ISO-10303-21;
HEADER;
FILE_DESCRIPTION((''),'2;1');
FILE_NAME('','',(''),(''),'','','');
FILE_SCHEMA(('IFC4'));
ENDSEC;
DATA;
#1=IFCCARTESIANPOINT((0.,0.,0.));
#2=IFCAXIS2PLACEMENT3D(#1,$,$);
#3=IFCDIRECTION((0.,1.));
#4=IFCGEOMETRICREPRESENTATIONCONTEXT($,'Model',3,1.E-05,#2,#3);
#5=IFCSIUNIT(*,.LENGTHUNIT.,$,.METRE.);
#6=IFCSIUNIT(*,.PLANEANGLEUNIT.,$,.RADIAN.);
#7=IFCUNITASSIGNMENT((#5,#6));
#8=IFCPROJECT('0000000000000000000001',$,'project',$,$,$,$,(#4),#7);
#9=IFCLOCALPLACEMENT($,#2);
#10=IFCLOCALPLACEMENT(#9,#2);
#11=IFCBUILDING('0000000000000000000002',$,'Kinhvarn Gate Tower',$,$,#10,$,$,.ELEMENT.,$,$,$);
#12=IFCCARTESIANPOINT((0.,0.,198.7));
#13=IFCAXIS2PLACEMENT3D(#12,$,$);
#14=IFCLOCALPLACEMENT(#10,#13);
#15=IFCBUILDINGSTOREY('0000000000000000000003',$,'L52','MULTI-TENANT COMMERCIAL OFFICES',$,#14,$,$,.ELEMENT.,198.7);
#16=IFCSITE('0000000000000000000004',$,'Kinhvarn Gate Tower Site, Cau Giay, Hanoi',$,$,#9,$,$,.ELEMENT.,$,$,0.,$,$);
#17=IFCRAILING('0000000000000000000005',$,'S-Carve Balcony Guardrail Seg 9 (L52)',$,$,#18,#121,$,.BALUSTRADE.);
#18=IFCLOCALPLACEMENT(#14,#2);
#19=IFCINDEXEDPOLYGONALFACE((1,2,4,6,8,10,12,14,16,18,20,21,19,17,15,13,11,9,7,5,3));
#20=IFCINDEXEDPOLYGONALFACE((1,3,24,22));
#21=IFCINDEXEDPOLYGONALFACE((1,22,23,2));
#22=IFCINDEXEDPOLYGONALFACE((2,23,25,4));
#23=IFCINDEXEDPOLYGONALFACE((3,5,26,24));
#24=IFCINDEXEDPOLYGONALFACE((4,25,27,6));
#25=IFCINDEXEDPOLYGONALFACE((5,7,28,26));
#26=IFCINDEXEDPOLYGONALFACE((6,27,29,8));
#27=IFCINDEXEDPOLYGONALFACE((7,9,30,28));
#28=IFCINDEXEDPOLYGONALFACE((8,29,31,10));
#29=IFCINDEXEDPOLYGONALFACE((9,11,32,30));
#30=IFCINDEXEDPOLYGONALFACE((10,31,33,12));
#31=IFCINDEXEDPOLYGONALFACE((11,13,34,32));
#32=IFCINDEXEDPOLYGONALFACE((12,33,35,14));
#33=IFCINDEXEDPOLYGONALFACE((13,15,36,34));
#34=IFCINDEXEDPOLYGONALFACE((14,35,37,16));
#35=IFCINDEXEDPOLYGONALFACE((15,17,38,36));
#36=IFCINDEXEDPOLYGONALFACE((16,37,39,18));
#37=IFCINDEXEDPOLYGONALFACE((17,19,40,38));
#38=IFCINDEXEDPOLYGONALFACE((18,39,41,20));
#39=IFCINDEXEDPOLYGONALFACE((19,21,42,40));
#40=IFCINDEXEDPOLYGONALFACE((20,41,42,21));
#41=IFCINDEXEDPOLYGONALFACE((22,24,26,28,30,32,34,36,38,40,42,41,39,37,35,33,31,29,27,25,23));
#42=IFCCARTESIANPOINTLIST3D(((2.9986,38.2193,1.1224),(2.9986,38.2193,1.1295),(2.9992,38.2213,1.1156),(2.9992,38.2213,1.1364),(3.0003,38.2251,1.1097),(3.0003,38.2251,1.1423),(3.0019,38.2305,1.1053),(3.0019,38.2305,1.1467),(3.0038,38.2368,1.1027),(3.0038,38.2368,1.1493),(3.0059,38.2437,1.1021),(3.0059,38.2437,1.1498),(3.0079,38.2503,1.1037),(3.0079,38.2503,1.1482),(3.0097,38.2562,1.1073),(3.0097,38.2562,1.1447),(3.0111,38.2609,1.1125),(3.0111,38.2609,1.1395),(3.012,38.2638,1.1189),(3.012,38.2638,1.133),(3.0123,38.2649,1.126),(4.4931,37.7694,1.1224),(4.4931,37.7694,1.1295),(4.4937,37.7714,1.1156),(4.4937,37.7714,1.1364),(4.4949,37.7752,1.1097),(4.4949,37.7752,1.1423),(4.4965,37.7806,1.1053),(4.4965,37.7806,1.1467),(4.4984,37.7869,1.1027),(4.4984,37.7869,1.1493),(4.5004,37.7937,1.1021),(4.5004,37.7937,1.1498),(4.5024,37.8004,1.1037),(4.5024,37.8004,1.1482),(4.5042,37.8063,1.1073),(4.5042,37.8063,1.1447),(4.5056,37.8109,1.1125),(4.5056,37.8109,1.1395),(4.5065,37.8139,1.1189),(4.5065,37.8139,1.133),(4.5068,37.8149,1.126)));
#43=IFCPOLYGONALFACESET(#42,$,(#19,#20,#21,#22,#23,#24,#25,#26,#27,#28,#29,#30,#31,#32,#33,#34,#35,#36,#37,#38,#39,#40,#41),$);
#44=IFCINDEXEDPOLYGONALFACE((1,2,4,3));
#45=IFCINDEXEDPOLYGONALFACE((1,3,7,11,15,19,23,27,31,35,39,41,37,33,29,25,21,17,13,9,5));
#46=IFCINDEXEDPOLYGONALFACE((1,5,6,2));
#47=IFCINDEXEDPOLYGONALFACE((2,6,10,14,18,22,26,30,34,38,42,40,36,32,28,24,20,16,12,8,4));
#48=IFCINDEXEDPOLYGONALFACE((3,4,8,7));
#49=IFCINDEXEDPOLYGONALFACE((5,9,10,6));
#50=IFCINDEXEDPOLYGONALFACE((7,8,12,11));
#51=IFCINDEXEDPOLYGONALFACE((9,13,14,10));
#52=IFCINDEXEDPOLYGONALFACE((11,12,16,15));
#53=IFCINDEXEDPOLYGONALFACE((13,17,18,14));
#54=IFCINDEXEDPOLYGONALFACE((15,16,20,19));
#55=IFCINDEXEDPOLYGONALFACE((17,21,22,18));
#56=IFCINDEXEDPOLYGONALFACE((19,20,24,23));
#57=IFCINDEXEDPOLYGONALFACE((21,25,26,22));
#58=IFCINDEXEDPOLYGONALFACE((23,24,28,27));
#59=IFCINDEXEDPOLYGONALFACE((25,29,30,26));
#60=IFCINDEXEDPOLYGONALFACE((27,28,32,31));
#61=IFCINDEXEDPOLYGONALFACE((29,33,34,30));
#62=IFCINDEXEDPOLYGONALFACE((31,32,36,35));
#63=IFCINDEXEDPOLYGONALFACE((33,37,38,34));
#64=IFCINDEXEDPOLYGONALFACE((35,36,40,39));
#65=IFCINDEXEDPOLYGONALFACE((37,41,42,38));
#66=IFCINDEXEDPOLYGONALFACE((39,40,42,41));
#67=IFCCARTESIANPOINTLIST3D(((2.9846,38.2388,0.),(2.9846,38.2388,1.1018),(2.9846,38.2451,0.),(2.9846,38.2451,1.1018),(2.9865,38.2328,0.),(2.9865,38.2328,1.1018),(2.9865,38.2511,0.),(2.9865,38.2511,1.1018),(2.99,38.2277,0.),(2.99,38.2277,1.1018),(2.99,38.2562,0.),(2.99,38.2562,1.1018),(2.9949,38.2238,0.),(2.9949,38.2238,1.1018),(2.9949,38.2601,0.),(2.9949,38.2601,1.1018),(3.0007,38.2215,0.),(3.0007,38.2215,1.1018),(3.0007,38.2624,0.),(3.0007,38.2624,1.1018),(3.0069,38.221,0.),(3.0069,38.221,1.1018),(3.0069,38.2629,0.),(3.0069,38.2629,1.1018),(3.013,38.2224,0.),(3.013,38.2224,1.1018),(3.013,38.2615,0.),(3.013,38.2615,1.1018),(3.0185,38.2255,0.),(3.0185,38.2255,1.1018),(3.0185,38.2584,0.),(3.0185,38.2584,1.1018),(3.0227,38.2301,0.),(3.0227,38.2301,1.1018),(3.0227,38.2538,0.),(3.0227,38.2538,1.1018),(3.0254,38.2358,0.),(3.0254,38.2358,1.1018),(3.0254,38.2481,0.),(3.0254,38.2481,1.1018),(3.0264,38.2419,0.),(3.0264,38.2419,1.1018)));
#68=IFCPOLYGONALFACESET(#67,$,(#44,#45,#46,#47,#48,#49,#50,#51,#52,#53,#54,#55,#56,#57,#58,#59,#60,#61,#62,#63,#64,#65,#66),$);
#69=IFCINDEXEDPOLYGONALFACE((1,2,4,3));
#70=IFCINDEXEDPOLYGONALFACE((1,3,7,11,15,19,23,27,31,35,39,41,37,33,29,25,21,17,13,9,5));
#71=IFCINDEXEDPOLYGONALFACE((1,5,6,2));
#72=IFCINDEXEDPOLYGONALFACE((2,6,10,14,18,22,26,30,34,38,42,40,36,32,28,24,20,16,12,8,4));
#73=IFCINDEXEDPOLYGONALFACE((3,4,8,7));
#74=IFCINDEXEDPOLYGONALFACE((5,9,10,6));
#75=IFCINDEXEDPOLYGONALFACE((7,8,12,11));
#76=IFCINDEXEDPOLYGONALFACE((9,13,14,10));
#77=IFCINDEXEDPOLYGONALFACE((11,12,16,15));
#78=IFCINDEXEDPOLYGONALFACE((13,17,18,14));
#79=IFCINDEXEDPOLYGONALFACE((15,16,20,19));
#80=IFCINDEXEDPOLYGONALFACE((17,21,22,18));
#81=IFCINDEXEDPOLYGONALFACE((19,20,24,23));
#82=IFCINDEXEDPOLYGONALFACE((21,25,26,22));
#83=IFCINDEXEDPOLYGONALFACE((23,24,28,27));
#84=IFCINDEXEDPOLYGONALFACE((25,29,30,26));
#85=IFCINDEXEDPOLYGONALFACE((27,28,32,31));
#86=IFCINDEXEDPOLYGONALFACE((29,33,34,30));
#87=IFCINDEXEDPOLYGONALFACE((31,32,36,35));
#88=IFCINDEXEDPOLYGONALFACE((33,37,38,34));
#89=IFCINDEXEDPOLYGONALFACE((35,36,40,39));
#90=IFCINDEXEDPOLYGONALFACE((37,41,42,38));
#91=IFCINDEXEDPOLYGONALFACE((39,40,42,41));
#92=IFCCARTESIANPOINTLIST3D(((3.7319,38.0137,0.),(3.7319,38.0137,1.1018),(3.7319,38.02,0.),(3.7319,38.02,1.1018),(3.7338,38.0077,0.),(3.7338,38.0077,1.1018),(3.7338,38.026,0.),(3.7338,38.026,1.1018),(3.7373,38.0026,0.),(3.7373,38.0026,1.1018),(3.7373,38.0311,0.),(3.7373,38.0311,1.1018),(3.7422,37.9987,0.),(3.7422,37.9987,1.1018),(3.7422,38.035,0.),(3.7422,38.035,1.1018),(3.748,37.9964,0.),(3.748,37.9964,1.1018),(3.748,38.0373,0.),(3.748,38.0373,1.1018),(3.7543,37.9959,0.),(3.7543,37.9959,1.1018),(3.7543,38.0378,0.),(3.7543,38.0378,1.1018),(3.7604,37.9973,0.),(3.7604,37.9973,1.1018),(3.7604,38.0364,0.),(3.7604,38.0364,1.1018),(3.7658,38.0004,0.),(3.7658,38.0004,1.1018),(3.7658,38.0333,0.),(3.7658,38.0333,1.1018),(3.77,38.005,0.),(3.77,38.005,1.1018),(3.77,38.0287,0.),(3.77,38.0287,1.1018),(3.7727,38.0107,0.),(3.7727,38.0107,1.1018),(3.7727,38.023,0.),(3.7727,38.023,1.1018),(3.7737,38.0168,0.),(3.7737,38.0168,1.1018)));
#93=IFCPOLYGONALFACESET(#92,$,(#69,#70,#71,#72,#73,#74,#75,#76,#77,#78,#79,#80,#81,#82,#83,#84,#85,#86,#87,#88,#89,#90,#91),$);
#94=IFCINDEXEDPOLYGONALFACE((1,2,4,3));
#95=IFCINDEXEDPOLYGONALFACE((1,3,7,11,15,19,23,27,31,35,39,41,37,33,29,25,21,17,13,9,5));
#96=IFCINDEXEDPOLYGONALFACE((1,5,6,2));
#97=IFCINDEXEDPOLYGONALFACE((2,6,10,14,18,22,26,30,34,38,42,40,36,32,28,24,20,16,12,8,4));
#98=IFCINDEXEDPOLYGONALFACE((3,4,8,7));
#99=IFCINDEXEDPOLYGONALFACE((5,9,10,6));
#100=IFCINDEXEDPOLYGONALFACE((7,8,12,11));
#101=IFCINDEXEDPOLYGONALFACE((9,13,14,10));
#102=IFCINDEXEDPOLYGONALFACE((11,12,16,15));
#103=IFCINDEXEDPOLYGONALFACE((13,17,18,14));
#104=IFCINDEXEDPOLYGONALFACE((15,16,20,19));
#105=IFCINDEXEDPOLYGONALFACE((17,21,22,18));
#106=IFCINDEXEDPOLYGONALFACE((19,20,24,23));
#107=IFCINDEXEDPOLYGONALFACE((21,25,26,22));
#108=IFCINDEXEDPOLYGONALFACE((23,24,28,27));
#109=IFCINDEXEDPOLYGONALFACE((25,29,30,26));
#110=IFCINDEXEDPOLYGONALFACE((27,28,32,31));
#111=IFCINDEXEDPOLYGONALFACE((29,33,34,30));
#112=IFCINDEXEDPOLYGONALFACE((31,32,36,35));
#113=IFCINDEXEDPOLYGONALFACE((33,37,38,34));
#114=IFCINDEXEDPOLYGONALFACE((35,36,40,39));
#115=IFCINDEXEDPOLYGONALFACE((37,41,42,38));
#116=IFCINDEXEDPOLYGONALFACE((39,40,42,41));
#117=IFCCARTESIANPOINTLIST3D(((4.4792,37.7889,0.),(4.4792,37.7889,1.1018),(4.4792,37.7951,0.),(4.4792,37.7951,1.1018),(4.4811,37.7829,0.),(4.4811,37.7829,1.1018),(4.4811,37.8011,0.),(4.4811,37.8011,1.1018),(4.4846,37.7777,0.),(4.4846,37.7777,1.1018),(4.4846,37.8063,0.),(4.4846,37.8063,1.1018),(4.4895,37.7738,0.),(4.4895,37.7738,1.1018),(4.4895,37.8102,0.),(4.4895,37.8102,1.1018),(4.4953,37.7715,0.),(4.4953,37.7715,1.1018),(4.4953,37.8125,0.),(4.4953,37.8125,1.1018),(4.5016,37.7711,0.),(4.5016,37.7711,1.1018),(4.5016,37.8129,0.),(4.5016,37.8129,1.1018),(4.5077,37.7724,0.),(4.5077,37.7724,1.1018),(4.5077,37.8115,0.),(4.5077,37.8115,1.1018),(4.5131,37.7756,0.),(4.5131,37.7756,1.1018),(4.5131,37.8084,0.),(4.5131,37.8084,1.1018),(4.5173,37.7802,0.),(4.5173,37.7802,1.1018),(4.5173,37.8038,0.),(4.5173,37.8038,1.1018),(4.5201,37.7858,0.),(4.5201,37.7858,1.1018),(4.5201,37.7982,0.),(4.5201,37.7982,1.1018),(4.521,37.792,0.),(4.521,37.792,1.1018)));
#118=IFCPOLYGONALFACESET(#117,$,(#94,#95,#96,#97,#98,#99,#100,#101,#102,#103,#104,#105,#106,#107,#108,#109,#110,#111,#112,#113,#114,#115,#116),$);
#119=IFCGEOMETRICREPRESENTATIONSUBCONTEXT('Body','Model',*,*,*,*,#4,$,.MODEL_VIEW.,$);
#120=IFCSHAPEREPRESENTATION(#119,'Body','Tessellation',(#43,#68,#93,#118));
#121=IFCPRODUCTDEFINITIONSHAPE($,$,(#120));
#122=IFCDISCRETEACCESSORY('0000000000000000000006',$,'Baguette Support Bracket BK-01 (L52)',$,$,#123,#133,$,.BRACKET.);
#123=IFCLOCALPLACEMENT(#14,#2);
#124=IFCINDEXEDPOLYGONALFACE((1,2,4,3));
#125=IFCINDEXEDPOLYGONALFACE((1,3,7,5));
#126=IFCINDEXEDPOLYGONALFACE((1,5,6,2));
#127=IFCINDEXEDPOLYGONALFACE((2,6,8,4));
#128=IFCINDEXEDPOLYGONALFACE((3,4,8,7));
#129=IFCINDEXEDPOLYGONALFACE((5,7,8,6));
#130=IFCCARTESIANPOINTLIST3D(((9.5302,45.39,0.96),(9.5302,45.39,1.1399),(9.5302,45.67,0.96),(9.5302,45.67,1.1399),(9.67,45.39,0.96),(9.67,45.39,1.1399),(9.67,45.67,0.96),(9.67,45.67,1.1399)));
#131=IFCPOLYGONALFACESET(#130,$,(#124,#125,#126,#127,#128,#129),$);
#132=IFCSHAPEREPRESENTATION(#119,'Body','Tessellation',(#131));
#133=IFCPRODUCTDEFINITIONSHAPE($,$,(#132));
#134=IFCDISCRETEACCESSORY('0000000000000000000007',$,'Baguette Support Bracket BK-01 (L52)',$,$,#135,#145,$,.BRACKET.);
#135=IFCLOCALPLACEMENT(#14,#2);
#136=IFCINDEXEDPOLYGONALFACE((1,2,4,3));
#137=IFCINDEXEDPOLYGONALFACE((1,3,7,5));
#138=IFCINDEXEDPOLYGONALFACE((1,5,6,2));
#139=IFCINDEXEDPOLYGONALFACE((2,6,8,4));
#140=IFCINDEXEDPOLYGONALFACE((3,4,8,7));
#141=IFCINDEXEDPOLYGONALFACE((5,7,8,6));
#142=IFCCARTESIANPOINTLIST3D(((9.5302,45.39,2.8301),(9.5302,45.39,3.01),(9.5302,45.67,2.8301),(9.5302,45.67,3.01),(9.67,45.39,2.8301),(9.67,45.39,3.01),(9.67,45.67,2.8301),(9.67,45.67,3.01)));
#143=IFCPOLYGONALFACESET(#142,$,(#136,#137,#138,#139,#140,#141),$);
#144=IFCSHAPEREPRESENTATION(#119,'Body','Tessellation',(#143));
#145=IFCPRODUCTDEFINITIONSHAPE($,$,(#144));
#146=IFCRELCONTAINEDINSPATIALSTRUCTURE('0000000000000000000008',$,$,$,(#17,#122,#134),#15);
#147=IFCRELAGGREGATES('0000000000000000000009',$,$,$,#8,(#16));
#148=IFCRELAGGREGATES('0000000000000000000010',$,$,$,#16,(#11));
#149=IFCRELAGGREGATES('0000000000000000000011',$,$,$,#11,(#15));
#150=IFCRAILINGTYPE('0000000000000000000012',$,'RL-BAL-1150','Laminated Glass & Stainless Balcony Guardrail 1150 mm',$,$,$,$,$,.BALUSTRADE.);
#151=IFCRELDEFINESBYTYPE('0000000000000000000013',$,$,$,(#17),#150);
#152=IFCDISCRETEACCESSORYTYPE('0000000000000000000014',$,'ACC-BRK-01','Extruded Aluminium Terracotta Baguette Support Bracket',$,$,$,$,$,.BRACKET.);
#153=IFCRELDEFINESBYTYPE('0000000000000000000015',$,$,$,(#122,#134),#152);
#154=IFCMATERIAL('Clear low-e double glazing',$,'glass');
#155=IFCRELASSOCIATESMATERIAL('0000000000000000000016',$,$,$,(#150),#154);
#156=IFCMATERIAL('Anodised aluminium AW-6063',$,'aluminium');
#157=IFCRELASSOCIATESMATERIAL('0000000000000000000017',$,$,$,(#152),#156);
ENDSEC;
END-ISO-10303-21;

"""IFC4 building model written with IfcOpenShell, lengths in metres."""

from ifc_helpers import new_model, si_unit, direction, frame, origin, origin_2d, place, context, subcontext, project, spatial, rectangle, circle, extrude, material, type_object, element, save


model = new_model("IFC4")

# Units and contexts
model_context = context("Model", 3, precision=1e-05, world=origin(), true_north=direction((0.0, 1.0)))
body_context = subcontext(model_context, "Body", "Model", "MODEL_VIEW")
ifc_project = project(units=[si_unit("LENGTHUNIT", "METRE"), si_unit("PLANEANGLEUNIT", "RADIAN")], contexts=[model_context])

# Site, building, storey
site_placement = place(None, origin())
site = spatial("IfcSite", under=ifc_project, at=site_placement, Name="Kinhvarn Gate Tower Site, Cau Giay, Hanoi", CompositionType="ELEMENT", RefElevation=0.0)
building_placement = place(site_placement, origin())
building = spatial("IfcBuilding", under=site, at=building_placement, Name="Kinhvarn Gate Tower", CompositionType="ELEMENT")
storey_placement = place(building_placement, frame((0.0, 0.0, 198.7)))
storey = spatial("IfcBuildingStorey", under=building, at=storey_placement, Name="L52", Description="MULTI-TENANT COMMERCIAL OFFICES", CompositionType="ELEMENT", Elevation=198.7)

# Shared definitions
ifc_material_1 = material(Name="Anodised aluminium AW-6063", Category="aluminium")

# Shared definitions
ifc_material_2 = material(Name="Clear low-e double glazing", Category="glass")

# Railing
railing_type = type_object("IfcRailingType", Name="RL-BAL-1150", Description="Laminated Glass & Stainless Balcony Guardrail 1150 mm", PredefinedType="BALUSTRADE", material=ifc_material_2)
railing_1_placement = place(storey_placement, frame((3.0054, 38.2419, 0.0)))
element("IfcRailing", 1, at=railing_1_placement, inside=storey, type_object=railing_type, Name="S-Carve Balcony Guardrail Seg 9 (L52)", PredefinedType="BALUSTRADE", context=body_context, shape_type="SweptSolid", body=[
    extrude(circle(Radius=0.0239, at=origin_2d()), frame((0.0, 0.0, 1.126), z_axis=(0.95755, -0.288266, 0.0), x_axis=(0.288266, 0.95755, 0.0)), (0.0, 0.0, 1.0), 1.5608),
    extrude(circle(Radius=0.021, at=origin_2d()), origin(), (0.0, 0.0, 1.0), 1.1018),
    extrude(circle(Radius=0.021, at=origin_2d()), frame((0.7473, -0.2251, 0.0)), (0.0, 0.0, 1.0), 1.1018),
    extrude(circle(Radius=0.021, at=origin_2d()), frame((1.4946, -0.45, 0.0)), (0.0, 0.0, 1.0), 1.1018),
])

# Discrete accessories
discrete_accessory_type = type_object("IfcDiscreteAccessoryType", Name="ACC-BRK-01", Description="Extruded Aluminium Terracotta Baguette Support Bracket", PredefinedType="BRACKET", material=ifc_material_1)
for number, where, z_axis, x_axis, name in (
    (2, (9.6001, 45.53, 0.96), (0.0, 0.0, 1.0), (-1.0, 0.0, 0.0), "Baguette Support Bracket BK-01 (L52)"),
    (3, (9.6001, 45.53, 2.8301), (0.0, 0.0, 1.0), (-1.0, 0.0, 0.0), "Baguette Support Bracket BK-01 (L52)"),
):
    element("IfcDiscreteAccessory", number, at=place(storey_placement, frame(where, z_axis=z_axis, x_axis=x_axis)), inside=storey, type_object=discrete_accessory_type, Name=name, PredefinedType="BRACKET", context=body_context, shape_type="SweptSolid", body=[
        extrude(rectangle(XDim=0.1399, YDim=0.28, at=origin_2d()), origin(), (0.0, 0.0, 1.0), 0.1799),
    ])

save(model, "model.ifc")
